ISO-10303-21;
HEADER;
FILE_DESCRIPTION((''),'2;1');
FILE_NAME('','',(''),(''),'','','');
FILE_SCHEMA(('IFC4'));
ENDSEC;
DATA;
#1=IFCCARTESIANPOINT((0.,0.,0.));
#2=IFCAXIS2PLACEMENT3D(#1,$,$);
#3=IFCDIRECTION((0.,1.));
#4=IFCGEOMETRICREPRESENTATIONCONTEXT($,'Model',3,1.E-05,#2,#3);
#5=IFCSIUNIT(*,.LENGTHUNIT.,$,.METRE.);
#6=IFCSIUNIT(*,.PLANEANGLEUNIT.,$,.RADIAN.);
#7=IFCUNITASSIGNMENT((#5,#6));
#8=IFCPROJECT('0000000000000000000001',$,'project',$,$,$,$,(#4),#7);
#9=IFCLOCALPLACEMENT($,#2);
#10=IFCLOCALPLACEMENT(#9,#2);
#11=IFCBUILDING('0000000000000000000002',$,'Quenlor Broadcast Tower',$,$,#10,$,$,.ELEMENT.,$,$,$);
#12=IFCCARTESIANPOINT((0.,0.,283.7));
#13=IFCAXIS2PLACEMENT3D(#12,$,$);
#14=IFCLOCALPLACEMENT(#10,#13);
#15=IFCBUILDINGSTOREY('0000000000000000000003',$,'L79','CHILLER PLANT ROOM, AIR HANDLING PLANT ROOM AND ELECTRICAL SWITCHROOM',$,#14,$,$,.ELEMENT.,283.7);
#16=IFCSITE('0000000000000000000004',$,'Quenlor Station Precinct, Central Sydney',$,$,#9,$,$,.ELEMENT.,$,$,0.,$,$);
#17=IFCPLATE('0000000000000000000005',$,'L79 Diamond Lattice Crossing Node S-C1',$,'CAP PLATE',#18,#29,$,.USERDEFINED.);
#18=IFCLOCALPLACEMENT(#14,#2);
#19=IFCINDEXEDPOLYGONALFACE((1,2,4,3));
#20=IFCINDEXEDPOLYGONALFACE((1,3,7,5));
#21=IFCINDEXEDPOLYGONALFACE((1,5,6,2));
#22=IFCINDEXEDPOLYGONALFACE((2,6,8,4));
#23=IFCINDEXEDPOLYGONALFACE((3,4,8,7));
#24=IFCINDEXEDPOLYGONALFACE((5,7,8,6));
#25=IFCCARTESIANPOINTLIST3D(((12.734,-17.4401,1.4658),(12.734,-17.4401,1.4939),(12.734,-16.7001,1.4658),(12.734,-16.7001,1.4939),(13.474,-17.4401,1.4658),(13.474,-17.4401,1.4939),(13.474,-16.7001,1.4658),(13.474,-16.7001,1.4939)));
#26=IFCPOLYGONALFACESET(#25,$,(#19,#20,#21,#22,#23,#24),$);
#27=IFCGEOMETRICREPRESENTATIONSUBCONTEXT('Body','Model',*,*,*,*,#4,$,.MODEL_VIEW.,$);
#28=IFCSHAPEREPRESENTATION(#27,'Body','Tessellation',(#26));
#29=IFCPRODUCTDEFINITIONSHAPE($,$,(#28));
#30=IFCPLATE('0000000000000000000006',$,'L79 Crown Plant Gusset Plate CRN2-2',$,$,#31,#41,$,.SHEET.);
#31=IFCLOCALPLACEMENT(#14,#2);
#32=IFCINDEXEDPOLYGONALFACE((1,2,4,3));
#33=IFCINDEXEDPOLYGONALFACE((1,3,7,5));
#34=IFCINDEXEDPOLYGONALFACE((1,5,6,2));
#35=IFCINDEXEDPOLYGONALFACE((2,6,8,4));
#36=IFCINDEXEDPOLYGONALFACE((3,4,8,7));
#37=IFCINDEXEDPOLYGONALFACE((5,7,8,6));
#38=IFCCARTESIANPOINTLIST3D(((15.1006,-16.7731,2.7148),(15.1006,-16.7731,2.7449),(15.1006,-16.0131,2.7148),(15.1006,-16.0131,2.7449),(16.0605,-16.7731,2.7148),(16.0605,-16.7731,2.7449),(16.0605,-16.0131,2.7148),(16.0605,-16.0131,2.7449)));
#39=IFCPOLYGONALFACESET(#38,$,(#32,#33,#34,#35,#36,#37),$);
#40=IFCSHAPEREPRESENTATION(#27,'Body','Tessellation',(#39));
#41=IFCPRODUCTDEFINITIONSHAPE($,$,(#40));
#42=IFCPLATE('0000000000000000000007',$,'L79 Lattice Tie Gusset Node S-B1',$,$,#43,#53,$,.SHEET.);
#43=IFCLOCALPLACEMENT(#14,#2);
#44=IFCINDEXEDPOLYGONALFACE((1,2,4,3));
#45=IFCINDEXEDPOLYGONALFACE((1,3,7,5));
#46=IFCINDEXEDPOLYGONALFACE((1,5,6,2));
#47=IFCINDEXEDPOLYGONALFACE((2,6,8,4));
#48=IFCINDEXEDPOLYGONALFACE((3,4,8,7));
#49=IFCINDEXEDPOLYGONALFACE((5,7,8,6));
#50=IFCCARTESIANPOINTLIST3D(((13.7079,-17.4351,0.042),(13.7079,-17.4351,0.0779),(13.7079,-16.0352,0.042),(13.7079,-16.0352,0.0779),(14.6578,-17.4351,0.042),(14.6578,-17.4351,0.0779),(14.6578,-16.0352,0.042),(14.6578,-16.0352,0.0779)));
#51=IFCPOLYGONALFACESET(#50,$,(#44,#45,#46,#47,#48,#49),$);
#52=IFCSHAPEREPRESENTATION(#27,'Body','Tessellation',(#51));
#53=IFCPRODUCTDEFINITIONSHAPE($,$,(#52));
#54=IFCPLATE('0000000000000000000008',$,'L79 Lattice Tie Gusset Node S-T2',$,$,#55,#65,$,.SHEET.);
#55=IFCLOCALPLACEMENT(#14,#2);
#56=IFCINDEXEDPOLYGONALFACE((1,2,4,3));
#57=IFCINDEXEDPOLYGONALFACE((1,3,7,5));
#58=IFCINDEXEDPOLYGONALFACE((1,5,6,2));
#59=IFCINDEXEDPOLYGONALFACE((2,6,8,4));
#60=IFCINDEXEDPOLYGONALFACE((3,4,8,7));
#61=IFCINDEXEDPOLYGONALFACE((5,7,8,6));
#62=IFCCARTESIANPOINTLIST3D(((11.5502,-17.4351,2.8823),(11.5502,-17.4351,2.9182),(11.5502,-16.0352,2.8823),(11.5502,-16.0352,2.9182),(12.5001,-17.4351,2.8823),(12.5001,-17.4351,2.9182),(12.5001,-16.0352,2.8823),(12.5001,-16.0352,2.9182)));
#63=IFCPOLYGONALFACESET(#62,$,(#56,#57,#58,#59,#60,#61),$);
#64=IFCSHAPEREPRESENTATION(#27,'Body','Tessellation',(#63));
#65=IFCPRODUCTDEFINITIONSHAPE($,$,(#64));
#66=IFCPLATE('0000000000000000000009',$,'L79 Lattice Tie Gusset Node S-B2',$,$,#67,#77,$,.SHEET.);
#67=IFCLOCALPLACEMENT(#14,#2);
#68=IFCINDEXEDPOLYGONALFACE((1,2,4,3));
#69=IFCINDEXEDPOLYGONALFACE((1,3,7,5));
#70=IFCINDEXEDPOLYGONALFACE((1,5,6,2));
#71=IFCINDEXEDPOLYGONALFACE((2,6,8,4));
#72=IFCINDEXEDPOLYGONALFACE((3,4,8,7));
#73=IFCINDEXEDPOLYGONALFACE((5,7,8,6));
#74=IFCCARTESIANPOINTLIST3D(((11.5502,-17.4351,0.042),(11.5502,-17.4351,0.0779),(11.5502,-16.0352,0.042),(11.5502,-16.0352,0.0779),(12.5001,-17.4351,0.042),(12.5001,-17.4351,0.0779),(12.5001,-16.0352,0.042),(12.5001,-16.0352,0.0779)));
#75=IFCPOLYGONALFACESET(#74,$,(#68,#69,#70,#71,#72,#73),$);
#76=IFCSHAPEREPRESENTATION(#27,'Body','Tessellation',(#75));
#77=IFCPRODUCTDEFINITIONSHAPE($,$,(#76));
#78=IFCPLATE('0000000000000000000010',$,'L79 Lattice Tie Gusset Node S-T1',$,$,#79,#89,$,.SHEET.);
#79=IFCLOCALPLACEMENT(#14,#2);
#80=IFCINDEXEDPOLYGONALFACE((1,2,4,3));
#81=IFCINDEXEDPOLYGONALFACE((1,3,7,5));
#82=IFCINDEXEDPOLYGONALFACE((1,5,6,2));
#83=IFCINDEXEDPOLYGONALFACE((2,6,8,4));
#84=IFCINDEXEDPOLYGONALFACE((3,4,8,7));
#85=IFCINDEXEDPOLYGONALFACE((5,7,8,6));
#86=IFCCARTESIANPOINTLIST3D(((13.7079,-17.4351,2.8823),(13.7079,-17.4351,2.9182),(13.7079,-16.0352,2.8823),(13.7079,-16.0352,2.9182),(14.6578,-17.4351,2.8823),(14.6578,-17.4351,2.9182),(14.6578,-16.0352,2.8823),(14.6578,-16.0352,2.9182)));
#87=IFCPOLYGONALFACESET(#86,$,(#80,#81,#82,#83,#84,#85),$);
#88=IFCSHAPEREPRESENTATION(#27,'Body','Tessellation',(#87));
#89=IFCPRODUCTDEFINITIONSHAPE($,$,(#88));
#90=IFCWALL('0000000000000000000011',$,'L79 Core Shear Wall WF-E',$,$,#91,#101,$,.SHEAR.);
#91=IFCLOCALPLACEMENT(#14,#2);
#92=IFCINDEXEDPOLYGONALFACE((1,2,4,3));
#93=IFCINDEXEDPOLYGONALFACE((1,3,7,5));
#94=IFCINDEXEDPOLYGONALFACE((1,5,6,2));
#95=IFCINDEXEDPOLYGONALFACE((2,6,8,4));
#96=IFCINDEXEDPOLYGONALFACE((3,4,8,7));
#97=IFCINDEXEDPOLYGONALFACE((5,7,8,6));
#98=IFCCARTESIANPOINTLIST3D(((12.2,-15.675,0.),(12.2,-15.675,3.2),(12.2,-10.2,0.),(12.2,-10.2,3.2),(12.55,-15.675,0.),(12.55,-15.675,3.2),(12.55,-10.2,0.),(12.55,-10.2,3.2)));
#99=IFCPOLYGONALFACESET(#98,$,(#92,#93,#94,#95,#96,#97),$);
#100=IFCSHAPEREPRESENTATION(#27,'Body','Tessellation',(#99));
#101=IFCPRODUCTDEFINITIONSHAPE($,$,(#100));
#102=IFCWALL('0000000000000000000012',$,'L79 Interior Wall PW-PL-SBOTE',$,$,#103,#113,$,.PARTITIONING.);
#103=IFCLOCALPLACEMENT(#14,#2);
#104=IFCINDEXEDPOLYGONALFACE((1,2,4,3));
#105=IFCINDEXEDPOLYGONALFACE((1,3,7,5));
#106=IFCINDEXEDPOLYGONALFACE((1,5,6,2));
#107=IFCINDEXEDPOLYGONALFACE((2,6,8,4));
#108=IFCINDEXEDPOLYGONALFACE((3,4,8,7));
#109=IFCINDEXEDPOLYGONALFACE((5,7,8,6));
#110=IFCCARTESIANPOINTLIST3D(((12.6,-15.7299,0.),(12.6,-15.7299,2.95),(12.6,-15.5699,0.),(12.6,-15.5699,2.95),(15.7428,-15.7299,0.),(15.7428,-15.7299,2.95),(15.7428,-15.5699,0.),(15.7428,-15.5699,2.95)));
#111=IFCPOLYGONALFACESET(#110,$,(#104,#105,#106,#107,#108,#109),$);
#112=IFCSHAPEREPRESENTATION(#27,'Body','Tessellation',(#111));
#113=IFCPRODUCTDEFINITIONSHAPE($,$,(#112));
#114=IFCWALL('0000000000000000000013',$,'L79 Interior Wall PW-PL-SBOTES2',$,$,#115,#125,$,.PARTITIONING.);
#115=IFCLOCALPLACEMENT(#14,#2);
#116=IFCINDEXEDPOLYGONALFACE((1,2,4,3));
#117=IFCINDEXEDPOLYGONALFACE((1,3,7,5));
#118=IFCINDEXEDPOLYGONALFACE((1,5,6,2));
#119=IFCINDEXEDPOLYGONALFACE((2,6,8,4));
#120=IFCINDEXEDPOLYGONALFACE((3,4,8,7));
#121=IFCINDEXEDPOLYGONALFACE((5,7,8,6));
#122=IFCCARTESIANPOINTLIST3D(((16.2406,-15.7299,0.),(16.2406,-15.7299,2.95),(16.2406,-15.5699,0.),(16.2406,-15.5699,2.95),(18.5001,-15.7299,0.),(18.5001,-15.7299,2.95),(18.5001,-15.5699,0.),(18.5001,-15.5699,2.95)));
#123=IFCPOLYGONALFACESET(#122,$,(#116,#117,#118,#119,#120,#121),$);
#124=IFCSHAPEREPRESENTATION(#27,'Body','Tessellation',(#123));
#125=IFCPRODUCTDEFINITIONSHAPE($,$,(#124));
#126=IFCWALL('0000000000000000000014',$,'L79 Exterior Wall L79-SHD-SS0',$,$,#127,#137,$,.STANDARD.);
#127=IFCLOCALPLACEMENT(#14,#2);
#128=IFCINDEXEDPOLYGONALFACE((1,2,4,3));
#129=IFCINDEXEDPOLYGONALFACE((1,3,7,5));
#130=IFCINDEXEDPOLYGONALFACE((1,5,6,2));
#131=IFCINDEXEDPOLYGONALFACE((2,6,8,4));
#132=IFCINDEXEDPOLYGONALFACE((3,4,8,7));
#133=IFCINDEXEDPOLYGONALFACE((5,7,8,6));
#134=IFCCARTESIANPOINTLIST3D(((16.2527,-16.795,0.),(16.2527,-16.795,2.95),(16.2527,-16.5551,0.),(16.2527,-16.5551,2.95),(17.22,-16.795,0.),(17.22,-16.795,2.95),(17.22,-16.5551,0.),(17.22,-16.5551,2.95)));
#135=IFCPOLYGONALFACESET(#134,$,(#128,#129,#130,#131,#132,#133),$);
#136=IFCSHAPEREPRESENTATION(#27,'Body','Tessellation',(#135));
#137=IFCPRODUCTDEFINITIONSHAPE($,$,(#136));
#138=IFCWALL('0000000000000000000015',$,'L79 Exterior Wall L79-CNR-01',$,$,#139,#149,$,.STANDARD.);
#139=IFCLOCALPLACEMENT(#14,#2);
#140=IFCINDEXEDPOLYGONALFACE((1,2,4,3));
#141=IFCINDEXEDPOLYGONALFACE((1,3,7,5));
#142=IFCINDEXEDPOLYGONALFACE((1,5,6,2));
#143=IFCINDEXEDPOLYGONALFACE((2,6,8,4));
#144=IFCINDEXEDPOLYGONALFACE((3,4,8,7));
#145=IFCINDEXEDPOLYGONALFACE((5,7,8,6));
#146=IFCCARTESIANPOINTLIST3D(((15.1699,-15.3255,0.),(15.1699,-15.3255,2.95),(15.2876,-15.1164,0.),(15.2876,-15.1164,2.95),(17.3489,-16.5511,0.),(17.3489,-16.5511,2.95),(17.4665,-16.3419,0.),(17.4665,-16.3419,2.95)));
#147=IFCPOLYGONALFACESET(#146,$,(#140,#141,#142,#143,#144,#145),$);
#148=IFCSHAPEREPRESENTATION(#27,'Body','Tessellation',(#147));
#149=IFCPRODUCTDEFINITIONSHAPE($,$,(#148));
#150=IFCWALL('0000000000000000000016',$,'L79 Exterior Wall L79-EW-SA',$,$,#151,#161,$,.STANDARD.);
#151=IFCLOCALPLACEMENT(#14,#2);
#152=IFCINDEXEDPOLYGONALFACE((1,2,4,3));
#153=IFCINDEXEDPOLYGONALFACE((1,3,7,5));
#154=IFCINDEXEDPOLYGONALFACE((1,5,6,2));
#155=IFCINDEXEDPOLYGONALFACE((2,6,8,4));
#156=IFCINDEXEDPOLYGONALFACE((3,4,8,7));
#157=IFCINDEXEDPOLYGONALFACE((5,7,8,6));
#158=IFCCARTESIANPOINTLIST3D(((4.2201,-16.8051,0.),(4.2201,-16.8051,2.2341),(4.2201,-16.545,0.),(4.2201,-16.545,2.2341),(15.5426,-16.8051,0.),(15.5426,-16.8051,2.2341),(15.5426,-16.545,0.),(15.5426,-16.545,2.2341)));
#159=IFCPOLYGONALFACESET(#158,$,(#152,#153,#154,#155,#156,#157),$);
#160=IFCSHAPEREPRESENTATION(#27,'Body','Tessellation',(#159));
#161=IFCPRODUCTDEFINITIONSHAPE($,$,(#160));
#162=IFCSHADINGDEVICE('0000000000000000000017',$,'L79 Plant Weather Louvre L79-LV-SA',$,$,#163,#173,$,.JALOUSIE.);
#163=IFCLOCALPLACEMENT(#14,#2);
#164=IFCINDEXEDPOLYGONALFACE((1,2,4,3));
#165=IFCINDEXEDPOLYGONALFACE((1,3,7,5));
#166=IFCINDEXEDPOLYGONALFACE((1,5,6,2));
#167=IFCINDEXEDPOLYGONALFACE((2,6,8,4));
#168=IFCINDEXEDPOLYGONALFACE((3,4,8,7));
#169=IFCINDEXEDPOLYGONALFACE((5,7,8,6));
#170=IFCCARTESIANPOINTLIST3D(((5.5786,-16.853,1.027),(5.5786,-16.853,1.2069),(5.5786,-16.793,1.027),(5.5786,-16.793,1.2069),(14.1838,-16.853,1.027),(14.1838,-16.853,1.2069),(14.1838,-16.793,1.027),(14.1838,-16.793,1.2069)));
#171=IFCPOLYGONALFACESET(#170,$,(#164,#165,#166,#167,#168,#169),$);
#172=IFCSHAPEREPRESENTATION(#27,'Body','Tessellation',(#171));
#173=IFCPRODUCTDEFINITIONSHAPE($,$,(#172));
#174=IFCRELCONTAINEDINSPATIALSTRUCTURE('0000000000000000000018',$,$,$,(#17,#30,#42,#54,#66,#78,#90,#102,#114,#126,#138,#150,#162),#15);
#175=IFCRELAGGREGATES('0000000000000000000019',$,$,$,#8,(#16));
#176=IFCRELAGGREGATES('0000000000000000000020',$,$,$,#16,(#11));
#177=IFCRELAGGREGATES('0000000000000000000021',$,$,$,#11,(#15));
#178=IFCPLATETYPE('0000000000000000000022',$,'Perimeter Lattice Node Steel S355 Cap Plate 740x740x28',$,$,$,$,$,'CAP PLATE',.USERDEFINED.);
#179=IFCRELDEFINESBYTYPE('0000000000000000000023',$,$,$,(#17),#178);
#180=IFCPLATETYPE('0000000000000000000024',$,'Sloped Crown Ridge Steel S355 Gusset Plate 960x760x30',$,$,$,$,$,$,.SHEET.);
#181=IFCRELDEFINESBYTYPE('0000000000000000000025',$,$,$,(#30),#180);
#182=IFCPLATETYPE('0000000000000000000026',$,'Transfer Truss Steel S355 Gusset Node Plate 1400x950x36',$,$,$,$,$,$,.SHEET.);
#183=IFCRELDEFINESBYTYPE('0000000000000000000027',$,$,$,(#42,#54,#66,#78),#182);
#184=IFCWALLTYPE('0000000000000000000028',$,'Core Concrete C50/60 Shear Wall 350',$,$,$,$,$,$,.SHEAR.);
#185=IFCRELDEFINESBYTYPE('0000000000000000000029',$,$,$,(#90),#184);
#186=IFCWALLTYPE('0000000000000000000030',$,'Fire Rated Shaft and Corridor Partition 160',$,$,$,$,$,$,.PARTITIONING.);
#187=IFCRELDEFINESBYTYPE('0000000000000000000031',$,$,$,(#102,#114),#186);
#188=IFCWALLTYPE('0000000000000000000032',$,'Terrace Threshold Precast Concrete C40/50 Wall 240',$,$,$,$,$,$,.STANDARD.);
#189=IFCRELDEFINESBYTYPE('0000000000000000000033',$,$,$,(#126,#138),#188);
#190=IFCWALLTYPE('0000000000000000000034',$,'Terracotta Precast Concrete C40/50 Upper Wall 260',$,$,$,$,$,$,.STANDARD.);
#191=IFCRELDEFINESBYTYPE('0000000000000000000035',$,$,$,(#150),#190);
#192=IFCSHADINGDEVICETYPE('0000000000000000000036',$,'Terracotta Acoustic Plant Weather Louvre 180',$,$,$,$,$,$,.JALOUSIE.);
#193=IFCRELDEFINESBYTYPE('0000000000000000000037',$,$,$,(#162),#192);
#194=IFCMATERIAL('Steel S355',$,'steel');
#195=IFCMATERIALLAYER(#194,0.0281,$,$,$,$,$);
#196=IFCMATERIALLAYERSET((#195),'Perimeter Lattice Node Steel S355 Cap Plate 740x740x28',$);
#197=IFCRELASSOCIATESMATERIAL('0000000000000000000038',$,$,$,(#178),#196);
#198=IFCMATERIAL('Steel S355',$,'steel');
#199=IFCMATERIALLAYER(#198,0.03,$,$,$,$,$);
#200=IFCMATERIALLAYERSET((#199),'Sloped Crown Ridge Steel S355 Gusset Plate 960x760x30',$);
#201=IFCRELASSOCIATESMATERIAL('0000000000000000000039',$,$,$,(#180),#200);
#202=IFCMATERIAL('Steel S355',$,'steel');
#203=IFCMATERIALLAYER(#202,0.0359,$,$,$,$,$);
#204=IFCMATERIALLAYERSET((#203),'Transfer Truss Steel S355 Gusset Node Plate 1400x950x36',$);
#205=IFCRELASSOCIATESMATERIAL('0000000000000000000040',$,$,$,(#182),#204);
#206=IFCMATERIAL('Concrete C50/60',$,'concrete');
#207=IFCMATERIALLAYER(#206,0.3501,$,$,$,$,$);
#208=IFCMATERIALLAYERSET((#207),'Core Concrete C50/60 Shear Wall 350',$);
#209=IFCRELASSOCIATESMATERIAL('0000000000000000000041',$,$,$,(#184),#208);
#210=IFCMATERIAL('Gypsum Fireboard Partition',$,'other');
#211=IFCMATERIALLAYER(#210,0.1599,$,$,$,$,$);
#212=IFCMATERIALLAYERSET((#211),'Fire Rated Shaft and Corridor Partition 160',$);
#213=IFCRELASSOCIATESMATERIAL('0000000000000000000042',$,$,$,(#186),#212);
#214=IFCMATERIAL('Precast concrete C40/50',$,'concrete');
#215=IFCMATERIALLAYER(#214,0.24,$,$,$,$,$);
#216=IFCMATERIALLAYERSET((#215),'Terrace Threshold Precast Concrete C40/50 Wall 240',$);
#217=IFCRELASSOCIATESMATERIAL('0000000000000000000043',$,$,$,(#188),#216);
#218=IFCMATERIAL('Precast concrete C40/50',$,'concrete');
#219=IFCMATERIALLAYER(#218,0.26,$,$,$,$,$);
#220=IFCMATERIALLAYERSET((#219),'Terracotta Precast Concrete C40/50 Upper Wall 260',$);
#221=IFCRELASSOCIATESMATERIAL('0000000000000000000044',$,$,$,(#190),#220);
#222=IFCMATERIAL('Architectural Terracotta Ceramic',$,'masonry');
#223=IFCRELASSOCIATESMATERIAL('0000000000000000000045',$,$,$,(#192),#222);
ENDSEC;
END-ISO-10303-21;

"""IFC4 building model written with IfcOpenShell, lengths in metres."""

from ifc_helpers import new_model, si_unit, direction, frame, frame_2d, origin, origin_2d, place, context, subcontext, project, spatial, rectangle, extrude, material, layer, layer_set, material_profile, profile_set, type_object, element, save


model = new_model("IFC4")

# Units and contexts
model_context = context("Model", 3, precision=1e-05, world=origin(), true_north=direction((0.0, 1.0)))
body_context = subcontext(model_context, "Body", "Model", "MODEL_VIEW")
ifc_project = project(units=[si_unit("LENGTHUNIT", "METRE"), si_unit("PLANEANGLEUNIT", "RADIAN")], contexts=[model_context])

# Site, building, storey
site_placement = place(None, origin())
site = spatial("IfcSite", under=ifc_project, at=site_placement, Name="Quenlor Station Precinct, Central Sydney", CompositionType="ELEMENT", RefElevation=0.0)
building_placement = place(site_placement, origin())
building = spatial("IfcBuilding", under=site, at=building_placement, Name="Quenlor Broadcast Tower", CompositionType="ELEMENT")
storey_placement = place(building_placement, frame((0.0, 0.0, 283.7)))
storey = spatial("IfcBuildingStorey", under=building, at=storey_placement, Name="L79", Description="CHILLER PLANT ROOM, AIR HANDLING PLANT ROOM AND ELECTRICAL SWITCHROOM", CompositionType="ELEMENT", Elevation=283.7)

# Plates
ifc_material_1 = material(Name="Steel S355", Category="steel")
ifc_layer_1 = layer(ifc_material_1, 0.0281)
ifc_layer_set_1 = layer_set([ifc_layer_1], Name="Perimeter Lattice Node Steel S355 Cap Plate 740x740x28")
plate_type_1 = type_object("IfcPlateType", Name="Perimeter Lattice Node Steel S355 Cap Plate 740x740x28", ElementType="CAP PLATE", PredefinedType="USERDEFINED", material=ifc_layer_set_1)
plate_1_placement = place(storey_placement, frame((13.104, -17.0701, 1.4658), z_axis=(0.0, 0.0, 1.0), x_axis=(-1.0, 0.0, 0.0)))
element("IfcPlate", 1, at=plate_1_placement, inside=storey, type_object=plate_type_1, Name="L79 Diamond Lattice Crossing Node S-C1", ObjectType="CAP PLATE", PredefinedType="USERDEFINED", context=body_context, shape_type="SweptSolid", body=[
    extrude(rectangle(XDim=0.74, YDim=0.74, at=origin_2d()), origin(), (0.0, 0.0, 1.0), 0.0281),
])
ifc_material_2 = material(Name="Steel S355", Category="steel")
ifc_layer_2 = layer(ifc_material_2, 0.03)
ifc_layer_set_2 = layer_set([ifc_layer_2], Name="Sloped Crown Ridge Steel S355 Gusset Plate 960x760x30")
plate_type_2 = type_object("IfcPlateType", Name="Sloped Crown Ridge Steel S355 Gusset Plate 960x760x30", PredefinedType="SHEET", material=ifc_layer_set_2)
plate_2_placement = place(storey_placement, frame((15.5806, -16.3931, 2.7148), z_axis=(0.0, 0.0, 1.0), x_axis=(1.0, 0.0, 0.0)))
element("IfcPlate", 2, at=plate_2_placement, inside=storey, type_object=plate_type_2, Name="L79 Crown Plant Gusset Plate CRN2-2", PredefinedType="SHEET", context=body_context, shape_type="SweptSolid", body=[
    extrude(rectangle(XDim=0.96, YDim=0.76, at=origin_2d()), origin(), (0.0, 0.0, 1.0), 0.03),
])
ifc_material_3 = material(Name="Steel S355", Category="steel")
ifc_layer_3 = layer(ifc_material_3, 0.0359)
ifc_layer_set_3 = layer_set([ifc_layer_3], Name="Transfer Truss Steel S355 Gusset Node Plate 1400x950x36")
plate_type_3 = type_object("IfcPlateType", Name="Transfer Truss Steel S355 Gusset Node Plate 1400x950x36", PredefinedType="SHEET", material=ifc_layer_set_3)
for number, where, z_axis, x_axis, name in (
    (3, (14.1829, -16.7351, 0.042), (0.0, 0.0, 1.0), (0.0, -1.0, 0.0), "L79 Lattice Tie Gusset Node S-B1"),
    (4, (12.0251, -16.7351, 2.8823), (0.0, 0.0, 1.0), (0.0, -1.0, 0.0), "L79 Lattice Tie Gusset Node S-T2"),
    (5, (12.0251, -16.7351, 0.042), (0.0, 0.0, 1.0), (0.0, -1.0, 0.0), "L79 Lattice Tie Gusset Node S-B2"),
    (6, (14.1829, -16.7351, 2.8823), (0.0, 0.0, 1.0), (0.0, -1.0, 0.0), "L79 Lattice Tie Gusset Node S-T1"),
):
    element("IfcPlate", number, at=place(storey_placement, frame(where, z_axis=z_axis, x_axis=x_axis)), inside=storey, type_object=plate_type_3, Name=name, PredefinedType="SHEET", context=body_context, shape_type="SweptSolid", body=[
        extrude(rectangle(XDim=1.3999, YDim=0.95, at=origin_2d()), origin(), (0.0, 0.0, 1.0), 0.0359),
    ])

# Walls
ifc_material_4 = material(Name="Concrete C50/60", Category="concrete")
ifc_layer_4 = layer(ifc_material_4, 0.3501)
ifc_layer_set_4 = layer_set([ifc_layer_4], Name="Core Concrete C50/60 Shear Wall 350")
wall_type_1 = type_object("IfcWallType", Name="Core Concrete C50/60 Shear Wall 350", PredefinedType="SHEAR", material=ifc_layer_set_4)
wall_1_placement = place(storey_placement, frame((12.375, -15.675, 0.0), z_axis=(0.0, 0.0, 1.0), x_axis=(0.0, 1.0, 0.0)))
element("IfcWall", 7, at=wall_1_placement, inside=storey, type_object=wall_type_1, Name="L79 Core Shear Wall WF-E", PredefinedType="SHEAR", context=body_context, shape_type="SweptSolid", body=[
    extrude(rectangle(XDim=5.4751, YDim=0.3501, at=frame_2d((2.7375, 0.0))), origin(), (0.0, 0.0, 1.0), 3.2),
])
ifc_material_5 = material(Name="Gypsum Fireboard Partition", Category="other")
ifc_layer_5 = layer(ifc_material_5, 0.1599)
ifc_layer_set_5 = layer_set([ifc_layer_5], Name="Fire Rated Shaft and Corridor Partition 160")
wall_type_2 = type_object("IfcWallType", Name="Fire Rated Shaft and Corridor Partition 160", PredefinedType="PARTITIONING", material=ifc_layer_set_5)
wall_2_placement = place(storey_placement, frame((12.6001, -15.6499, 0.0), z_axis=(0.0, 0.0, 1.0), x_axis=(1.0, 0.0, 0.0)))
element("IfcWall", 8, at=wall_2_placement, inside=storey, type_object=wall_type_2, Name="L79 Interior Wall PW-PL-SBOTE", PredefinedType="PARTITIONING", context=body_context, shape_type="SweptSolid", body=[
    extrude(rectangle(XDim=3.1428, YDim=0.1599, at=frame_2d((1.5713, 0.0))), origin(), (0.0, 0.0, 1.0), 2.95),
])
wall_3_placement = place(storey_placement, frame((16.2405, -15.6499, 0.0), z_axis=(0.0, 0.0, 1.0), x_axis=(1.0, 0.0, 0.0)))
element("IfcWall", 9, at=wall_3_placement, inside=storey, type_object=wall_type_2, Name="L79 Interior Wall PW-PL-SBOTES2", PredefinedType="PARTITIONING", context=body_context, shape_type="SweptSolid", body=[
    extrude(rectangle(XDim=2.2595, YDim=0.1599, at=frame_2d((1.1299, 0.0))), origin(), (0.0, 0.0, 1.0), 2.95),
])
ifc_material_6 = material(Name="Precast concrete C40/50", Category="concrete")
ifc_layer_6 = layer(ifc_material_6, 0.24)
ifc_layer_set_6 = layer_set([ifc_layer_6], Name="Terrace Threshold Precast Concrete C40/50 Wall 240")
wall_type_3 = type_object("IfcWallType", Name="Terrace Threshold Precast Concrete C40/50 Wall 240", PredefinedType="STANDARD", material=ifc_layer_set_6)
wall_4_placement = place(storey_placement, frame((17.22, -16.675, 0.0), z_axis=(0.0, 0.0, 1.0), x_axis=(-1.0, 0.0, 0.0)))
element("IfcWall", 10, at=wall_4_placement, inside=storey, type_object=wall_type_3, Name="L79 Exterior Wall L79-SHD-SS0", PredefinedType="STANDARD", context=body_context, shape_type="SweptSolid", body=[
    extrude(rectangle(XDim=0.9673, YDim=0.24, at=frame_2d((0.4836, 0.0))), origin(), (0.0, 0.0, 1.0), 2.95),
])
wall_5_placement = place(storey_placement, frame((17.4077, -16.4465, 0.0), z_axis=(0.0, 0.0, 1.0), x_axis=(-0.871589, 0.490238, 0.0)))
element("IfcWall", 11, at=wall_5_placement, inside=storey, type_object=wall_type_3, Name="L79 Exterior Wall L79-CNR-01", PredefinedType="STANDARD", context=body_context, shape_type="SweptSolid", body=[
    extrude(rectangle(XDim=2.5, YDim=0.24, at=frame_2d((1.25, 0.0))), origin(), (0.0, 0.0, 1.0), 2.95),
])
ifc_material_7 = material(Name="Precast concrete C40/50", Category="concrete")
ifc_layer_7 = layer(ifc_material_7, 0.26)
ifc_layer_set_7 = layer_set([ifc_layer_7], Name="Terracotta Precast Concrete C40/50 Upper Wall 260")
wall_type_4 = type_object("IfcWallType", Name="Terracotta Precast Concrete C40/50 Upper Wall 260", PredefinedType="STANDARD", material=ifc_layer_set_7)
wall_6_placement = place(storey_placement, frame((15.5425, -16.675, 0.0), z_axis=(0.0, 0.0, 1.0), x_axis=(-1.0, 0.0, 0.0)))
element("IfcWall", 12, at=wall_6_placement, inside=storey, type_object=wall_type_4, Name="L79 Exterior Wall L79-EW-SA", PredefinedType="STANDARD", context=body_context, shape_type="SweptSolid", body=[
    extrude(rectangle(XDim=11.3225, YDim=0.26, at=frame_2d((5.6611, 0.0))), origin(), (0.0, 0.0, 1.0), 2.2341),
])

# Shading device
ifc_material_8 = material(Name="Architectural Terracotta Ceramic", Category="masonry")
ifc_material_profile_1 = material_profile(ifc_material_8, rectangle(XDim=0.0601, YDim=0.1799, at=origin_2d()))
ifc_profile_set_1 = profile_set([ifc_material_profile_1], Name="Architectural Terracotta Ceramic LVR60x180")
shading_device_type = type_object("IfcShadingDeviceType", Name="Terracotta Acoustic Plant Weather Louvre 180", PredefinedType="JALOUSIE", material=ifc_profile_set_1)
shading_device_placement = place(storey_placement, frame((14.1838, -16.823, 1.1169), z_axis=(-1.0, 0.0, 0.0), x_axis=(0.0, -1.0, 0.0)))
element("IfcShadingDevice", 13, at=shading_device_placement, inside=storey, type_object=shading_device_type, Name="L79 Plant Weather Louvre L79-LV-SA", PredefinedType="JALOUSIE", context=body_context, shape_type="SweptSolid", body=[
    extrude(rectangle(XDim=0.0601, YDim=0.1799, at=origin_2d()), origin(), (0.0, 0.0, 1.0), 8.6052),
])

save(model, "model.ifc")
